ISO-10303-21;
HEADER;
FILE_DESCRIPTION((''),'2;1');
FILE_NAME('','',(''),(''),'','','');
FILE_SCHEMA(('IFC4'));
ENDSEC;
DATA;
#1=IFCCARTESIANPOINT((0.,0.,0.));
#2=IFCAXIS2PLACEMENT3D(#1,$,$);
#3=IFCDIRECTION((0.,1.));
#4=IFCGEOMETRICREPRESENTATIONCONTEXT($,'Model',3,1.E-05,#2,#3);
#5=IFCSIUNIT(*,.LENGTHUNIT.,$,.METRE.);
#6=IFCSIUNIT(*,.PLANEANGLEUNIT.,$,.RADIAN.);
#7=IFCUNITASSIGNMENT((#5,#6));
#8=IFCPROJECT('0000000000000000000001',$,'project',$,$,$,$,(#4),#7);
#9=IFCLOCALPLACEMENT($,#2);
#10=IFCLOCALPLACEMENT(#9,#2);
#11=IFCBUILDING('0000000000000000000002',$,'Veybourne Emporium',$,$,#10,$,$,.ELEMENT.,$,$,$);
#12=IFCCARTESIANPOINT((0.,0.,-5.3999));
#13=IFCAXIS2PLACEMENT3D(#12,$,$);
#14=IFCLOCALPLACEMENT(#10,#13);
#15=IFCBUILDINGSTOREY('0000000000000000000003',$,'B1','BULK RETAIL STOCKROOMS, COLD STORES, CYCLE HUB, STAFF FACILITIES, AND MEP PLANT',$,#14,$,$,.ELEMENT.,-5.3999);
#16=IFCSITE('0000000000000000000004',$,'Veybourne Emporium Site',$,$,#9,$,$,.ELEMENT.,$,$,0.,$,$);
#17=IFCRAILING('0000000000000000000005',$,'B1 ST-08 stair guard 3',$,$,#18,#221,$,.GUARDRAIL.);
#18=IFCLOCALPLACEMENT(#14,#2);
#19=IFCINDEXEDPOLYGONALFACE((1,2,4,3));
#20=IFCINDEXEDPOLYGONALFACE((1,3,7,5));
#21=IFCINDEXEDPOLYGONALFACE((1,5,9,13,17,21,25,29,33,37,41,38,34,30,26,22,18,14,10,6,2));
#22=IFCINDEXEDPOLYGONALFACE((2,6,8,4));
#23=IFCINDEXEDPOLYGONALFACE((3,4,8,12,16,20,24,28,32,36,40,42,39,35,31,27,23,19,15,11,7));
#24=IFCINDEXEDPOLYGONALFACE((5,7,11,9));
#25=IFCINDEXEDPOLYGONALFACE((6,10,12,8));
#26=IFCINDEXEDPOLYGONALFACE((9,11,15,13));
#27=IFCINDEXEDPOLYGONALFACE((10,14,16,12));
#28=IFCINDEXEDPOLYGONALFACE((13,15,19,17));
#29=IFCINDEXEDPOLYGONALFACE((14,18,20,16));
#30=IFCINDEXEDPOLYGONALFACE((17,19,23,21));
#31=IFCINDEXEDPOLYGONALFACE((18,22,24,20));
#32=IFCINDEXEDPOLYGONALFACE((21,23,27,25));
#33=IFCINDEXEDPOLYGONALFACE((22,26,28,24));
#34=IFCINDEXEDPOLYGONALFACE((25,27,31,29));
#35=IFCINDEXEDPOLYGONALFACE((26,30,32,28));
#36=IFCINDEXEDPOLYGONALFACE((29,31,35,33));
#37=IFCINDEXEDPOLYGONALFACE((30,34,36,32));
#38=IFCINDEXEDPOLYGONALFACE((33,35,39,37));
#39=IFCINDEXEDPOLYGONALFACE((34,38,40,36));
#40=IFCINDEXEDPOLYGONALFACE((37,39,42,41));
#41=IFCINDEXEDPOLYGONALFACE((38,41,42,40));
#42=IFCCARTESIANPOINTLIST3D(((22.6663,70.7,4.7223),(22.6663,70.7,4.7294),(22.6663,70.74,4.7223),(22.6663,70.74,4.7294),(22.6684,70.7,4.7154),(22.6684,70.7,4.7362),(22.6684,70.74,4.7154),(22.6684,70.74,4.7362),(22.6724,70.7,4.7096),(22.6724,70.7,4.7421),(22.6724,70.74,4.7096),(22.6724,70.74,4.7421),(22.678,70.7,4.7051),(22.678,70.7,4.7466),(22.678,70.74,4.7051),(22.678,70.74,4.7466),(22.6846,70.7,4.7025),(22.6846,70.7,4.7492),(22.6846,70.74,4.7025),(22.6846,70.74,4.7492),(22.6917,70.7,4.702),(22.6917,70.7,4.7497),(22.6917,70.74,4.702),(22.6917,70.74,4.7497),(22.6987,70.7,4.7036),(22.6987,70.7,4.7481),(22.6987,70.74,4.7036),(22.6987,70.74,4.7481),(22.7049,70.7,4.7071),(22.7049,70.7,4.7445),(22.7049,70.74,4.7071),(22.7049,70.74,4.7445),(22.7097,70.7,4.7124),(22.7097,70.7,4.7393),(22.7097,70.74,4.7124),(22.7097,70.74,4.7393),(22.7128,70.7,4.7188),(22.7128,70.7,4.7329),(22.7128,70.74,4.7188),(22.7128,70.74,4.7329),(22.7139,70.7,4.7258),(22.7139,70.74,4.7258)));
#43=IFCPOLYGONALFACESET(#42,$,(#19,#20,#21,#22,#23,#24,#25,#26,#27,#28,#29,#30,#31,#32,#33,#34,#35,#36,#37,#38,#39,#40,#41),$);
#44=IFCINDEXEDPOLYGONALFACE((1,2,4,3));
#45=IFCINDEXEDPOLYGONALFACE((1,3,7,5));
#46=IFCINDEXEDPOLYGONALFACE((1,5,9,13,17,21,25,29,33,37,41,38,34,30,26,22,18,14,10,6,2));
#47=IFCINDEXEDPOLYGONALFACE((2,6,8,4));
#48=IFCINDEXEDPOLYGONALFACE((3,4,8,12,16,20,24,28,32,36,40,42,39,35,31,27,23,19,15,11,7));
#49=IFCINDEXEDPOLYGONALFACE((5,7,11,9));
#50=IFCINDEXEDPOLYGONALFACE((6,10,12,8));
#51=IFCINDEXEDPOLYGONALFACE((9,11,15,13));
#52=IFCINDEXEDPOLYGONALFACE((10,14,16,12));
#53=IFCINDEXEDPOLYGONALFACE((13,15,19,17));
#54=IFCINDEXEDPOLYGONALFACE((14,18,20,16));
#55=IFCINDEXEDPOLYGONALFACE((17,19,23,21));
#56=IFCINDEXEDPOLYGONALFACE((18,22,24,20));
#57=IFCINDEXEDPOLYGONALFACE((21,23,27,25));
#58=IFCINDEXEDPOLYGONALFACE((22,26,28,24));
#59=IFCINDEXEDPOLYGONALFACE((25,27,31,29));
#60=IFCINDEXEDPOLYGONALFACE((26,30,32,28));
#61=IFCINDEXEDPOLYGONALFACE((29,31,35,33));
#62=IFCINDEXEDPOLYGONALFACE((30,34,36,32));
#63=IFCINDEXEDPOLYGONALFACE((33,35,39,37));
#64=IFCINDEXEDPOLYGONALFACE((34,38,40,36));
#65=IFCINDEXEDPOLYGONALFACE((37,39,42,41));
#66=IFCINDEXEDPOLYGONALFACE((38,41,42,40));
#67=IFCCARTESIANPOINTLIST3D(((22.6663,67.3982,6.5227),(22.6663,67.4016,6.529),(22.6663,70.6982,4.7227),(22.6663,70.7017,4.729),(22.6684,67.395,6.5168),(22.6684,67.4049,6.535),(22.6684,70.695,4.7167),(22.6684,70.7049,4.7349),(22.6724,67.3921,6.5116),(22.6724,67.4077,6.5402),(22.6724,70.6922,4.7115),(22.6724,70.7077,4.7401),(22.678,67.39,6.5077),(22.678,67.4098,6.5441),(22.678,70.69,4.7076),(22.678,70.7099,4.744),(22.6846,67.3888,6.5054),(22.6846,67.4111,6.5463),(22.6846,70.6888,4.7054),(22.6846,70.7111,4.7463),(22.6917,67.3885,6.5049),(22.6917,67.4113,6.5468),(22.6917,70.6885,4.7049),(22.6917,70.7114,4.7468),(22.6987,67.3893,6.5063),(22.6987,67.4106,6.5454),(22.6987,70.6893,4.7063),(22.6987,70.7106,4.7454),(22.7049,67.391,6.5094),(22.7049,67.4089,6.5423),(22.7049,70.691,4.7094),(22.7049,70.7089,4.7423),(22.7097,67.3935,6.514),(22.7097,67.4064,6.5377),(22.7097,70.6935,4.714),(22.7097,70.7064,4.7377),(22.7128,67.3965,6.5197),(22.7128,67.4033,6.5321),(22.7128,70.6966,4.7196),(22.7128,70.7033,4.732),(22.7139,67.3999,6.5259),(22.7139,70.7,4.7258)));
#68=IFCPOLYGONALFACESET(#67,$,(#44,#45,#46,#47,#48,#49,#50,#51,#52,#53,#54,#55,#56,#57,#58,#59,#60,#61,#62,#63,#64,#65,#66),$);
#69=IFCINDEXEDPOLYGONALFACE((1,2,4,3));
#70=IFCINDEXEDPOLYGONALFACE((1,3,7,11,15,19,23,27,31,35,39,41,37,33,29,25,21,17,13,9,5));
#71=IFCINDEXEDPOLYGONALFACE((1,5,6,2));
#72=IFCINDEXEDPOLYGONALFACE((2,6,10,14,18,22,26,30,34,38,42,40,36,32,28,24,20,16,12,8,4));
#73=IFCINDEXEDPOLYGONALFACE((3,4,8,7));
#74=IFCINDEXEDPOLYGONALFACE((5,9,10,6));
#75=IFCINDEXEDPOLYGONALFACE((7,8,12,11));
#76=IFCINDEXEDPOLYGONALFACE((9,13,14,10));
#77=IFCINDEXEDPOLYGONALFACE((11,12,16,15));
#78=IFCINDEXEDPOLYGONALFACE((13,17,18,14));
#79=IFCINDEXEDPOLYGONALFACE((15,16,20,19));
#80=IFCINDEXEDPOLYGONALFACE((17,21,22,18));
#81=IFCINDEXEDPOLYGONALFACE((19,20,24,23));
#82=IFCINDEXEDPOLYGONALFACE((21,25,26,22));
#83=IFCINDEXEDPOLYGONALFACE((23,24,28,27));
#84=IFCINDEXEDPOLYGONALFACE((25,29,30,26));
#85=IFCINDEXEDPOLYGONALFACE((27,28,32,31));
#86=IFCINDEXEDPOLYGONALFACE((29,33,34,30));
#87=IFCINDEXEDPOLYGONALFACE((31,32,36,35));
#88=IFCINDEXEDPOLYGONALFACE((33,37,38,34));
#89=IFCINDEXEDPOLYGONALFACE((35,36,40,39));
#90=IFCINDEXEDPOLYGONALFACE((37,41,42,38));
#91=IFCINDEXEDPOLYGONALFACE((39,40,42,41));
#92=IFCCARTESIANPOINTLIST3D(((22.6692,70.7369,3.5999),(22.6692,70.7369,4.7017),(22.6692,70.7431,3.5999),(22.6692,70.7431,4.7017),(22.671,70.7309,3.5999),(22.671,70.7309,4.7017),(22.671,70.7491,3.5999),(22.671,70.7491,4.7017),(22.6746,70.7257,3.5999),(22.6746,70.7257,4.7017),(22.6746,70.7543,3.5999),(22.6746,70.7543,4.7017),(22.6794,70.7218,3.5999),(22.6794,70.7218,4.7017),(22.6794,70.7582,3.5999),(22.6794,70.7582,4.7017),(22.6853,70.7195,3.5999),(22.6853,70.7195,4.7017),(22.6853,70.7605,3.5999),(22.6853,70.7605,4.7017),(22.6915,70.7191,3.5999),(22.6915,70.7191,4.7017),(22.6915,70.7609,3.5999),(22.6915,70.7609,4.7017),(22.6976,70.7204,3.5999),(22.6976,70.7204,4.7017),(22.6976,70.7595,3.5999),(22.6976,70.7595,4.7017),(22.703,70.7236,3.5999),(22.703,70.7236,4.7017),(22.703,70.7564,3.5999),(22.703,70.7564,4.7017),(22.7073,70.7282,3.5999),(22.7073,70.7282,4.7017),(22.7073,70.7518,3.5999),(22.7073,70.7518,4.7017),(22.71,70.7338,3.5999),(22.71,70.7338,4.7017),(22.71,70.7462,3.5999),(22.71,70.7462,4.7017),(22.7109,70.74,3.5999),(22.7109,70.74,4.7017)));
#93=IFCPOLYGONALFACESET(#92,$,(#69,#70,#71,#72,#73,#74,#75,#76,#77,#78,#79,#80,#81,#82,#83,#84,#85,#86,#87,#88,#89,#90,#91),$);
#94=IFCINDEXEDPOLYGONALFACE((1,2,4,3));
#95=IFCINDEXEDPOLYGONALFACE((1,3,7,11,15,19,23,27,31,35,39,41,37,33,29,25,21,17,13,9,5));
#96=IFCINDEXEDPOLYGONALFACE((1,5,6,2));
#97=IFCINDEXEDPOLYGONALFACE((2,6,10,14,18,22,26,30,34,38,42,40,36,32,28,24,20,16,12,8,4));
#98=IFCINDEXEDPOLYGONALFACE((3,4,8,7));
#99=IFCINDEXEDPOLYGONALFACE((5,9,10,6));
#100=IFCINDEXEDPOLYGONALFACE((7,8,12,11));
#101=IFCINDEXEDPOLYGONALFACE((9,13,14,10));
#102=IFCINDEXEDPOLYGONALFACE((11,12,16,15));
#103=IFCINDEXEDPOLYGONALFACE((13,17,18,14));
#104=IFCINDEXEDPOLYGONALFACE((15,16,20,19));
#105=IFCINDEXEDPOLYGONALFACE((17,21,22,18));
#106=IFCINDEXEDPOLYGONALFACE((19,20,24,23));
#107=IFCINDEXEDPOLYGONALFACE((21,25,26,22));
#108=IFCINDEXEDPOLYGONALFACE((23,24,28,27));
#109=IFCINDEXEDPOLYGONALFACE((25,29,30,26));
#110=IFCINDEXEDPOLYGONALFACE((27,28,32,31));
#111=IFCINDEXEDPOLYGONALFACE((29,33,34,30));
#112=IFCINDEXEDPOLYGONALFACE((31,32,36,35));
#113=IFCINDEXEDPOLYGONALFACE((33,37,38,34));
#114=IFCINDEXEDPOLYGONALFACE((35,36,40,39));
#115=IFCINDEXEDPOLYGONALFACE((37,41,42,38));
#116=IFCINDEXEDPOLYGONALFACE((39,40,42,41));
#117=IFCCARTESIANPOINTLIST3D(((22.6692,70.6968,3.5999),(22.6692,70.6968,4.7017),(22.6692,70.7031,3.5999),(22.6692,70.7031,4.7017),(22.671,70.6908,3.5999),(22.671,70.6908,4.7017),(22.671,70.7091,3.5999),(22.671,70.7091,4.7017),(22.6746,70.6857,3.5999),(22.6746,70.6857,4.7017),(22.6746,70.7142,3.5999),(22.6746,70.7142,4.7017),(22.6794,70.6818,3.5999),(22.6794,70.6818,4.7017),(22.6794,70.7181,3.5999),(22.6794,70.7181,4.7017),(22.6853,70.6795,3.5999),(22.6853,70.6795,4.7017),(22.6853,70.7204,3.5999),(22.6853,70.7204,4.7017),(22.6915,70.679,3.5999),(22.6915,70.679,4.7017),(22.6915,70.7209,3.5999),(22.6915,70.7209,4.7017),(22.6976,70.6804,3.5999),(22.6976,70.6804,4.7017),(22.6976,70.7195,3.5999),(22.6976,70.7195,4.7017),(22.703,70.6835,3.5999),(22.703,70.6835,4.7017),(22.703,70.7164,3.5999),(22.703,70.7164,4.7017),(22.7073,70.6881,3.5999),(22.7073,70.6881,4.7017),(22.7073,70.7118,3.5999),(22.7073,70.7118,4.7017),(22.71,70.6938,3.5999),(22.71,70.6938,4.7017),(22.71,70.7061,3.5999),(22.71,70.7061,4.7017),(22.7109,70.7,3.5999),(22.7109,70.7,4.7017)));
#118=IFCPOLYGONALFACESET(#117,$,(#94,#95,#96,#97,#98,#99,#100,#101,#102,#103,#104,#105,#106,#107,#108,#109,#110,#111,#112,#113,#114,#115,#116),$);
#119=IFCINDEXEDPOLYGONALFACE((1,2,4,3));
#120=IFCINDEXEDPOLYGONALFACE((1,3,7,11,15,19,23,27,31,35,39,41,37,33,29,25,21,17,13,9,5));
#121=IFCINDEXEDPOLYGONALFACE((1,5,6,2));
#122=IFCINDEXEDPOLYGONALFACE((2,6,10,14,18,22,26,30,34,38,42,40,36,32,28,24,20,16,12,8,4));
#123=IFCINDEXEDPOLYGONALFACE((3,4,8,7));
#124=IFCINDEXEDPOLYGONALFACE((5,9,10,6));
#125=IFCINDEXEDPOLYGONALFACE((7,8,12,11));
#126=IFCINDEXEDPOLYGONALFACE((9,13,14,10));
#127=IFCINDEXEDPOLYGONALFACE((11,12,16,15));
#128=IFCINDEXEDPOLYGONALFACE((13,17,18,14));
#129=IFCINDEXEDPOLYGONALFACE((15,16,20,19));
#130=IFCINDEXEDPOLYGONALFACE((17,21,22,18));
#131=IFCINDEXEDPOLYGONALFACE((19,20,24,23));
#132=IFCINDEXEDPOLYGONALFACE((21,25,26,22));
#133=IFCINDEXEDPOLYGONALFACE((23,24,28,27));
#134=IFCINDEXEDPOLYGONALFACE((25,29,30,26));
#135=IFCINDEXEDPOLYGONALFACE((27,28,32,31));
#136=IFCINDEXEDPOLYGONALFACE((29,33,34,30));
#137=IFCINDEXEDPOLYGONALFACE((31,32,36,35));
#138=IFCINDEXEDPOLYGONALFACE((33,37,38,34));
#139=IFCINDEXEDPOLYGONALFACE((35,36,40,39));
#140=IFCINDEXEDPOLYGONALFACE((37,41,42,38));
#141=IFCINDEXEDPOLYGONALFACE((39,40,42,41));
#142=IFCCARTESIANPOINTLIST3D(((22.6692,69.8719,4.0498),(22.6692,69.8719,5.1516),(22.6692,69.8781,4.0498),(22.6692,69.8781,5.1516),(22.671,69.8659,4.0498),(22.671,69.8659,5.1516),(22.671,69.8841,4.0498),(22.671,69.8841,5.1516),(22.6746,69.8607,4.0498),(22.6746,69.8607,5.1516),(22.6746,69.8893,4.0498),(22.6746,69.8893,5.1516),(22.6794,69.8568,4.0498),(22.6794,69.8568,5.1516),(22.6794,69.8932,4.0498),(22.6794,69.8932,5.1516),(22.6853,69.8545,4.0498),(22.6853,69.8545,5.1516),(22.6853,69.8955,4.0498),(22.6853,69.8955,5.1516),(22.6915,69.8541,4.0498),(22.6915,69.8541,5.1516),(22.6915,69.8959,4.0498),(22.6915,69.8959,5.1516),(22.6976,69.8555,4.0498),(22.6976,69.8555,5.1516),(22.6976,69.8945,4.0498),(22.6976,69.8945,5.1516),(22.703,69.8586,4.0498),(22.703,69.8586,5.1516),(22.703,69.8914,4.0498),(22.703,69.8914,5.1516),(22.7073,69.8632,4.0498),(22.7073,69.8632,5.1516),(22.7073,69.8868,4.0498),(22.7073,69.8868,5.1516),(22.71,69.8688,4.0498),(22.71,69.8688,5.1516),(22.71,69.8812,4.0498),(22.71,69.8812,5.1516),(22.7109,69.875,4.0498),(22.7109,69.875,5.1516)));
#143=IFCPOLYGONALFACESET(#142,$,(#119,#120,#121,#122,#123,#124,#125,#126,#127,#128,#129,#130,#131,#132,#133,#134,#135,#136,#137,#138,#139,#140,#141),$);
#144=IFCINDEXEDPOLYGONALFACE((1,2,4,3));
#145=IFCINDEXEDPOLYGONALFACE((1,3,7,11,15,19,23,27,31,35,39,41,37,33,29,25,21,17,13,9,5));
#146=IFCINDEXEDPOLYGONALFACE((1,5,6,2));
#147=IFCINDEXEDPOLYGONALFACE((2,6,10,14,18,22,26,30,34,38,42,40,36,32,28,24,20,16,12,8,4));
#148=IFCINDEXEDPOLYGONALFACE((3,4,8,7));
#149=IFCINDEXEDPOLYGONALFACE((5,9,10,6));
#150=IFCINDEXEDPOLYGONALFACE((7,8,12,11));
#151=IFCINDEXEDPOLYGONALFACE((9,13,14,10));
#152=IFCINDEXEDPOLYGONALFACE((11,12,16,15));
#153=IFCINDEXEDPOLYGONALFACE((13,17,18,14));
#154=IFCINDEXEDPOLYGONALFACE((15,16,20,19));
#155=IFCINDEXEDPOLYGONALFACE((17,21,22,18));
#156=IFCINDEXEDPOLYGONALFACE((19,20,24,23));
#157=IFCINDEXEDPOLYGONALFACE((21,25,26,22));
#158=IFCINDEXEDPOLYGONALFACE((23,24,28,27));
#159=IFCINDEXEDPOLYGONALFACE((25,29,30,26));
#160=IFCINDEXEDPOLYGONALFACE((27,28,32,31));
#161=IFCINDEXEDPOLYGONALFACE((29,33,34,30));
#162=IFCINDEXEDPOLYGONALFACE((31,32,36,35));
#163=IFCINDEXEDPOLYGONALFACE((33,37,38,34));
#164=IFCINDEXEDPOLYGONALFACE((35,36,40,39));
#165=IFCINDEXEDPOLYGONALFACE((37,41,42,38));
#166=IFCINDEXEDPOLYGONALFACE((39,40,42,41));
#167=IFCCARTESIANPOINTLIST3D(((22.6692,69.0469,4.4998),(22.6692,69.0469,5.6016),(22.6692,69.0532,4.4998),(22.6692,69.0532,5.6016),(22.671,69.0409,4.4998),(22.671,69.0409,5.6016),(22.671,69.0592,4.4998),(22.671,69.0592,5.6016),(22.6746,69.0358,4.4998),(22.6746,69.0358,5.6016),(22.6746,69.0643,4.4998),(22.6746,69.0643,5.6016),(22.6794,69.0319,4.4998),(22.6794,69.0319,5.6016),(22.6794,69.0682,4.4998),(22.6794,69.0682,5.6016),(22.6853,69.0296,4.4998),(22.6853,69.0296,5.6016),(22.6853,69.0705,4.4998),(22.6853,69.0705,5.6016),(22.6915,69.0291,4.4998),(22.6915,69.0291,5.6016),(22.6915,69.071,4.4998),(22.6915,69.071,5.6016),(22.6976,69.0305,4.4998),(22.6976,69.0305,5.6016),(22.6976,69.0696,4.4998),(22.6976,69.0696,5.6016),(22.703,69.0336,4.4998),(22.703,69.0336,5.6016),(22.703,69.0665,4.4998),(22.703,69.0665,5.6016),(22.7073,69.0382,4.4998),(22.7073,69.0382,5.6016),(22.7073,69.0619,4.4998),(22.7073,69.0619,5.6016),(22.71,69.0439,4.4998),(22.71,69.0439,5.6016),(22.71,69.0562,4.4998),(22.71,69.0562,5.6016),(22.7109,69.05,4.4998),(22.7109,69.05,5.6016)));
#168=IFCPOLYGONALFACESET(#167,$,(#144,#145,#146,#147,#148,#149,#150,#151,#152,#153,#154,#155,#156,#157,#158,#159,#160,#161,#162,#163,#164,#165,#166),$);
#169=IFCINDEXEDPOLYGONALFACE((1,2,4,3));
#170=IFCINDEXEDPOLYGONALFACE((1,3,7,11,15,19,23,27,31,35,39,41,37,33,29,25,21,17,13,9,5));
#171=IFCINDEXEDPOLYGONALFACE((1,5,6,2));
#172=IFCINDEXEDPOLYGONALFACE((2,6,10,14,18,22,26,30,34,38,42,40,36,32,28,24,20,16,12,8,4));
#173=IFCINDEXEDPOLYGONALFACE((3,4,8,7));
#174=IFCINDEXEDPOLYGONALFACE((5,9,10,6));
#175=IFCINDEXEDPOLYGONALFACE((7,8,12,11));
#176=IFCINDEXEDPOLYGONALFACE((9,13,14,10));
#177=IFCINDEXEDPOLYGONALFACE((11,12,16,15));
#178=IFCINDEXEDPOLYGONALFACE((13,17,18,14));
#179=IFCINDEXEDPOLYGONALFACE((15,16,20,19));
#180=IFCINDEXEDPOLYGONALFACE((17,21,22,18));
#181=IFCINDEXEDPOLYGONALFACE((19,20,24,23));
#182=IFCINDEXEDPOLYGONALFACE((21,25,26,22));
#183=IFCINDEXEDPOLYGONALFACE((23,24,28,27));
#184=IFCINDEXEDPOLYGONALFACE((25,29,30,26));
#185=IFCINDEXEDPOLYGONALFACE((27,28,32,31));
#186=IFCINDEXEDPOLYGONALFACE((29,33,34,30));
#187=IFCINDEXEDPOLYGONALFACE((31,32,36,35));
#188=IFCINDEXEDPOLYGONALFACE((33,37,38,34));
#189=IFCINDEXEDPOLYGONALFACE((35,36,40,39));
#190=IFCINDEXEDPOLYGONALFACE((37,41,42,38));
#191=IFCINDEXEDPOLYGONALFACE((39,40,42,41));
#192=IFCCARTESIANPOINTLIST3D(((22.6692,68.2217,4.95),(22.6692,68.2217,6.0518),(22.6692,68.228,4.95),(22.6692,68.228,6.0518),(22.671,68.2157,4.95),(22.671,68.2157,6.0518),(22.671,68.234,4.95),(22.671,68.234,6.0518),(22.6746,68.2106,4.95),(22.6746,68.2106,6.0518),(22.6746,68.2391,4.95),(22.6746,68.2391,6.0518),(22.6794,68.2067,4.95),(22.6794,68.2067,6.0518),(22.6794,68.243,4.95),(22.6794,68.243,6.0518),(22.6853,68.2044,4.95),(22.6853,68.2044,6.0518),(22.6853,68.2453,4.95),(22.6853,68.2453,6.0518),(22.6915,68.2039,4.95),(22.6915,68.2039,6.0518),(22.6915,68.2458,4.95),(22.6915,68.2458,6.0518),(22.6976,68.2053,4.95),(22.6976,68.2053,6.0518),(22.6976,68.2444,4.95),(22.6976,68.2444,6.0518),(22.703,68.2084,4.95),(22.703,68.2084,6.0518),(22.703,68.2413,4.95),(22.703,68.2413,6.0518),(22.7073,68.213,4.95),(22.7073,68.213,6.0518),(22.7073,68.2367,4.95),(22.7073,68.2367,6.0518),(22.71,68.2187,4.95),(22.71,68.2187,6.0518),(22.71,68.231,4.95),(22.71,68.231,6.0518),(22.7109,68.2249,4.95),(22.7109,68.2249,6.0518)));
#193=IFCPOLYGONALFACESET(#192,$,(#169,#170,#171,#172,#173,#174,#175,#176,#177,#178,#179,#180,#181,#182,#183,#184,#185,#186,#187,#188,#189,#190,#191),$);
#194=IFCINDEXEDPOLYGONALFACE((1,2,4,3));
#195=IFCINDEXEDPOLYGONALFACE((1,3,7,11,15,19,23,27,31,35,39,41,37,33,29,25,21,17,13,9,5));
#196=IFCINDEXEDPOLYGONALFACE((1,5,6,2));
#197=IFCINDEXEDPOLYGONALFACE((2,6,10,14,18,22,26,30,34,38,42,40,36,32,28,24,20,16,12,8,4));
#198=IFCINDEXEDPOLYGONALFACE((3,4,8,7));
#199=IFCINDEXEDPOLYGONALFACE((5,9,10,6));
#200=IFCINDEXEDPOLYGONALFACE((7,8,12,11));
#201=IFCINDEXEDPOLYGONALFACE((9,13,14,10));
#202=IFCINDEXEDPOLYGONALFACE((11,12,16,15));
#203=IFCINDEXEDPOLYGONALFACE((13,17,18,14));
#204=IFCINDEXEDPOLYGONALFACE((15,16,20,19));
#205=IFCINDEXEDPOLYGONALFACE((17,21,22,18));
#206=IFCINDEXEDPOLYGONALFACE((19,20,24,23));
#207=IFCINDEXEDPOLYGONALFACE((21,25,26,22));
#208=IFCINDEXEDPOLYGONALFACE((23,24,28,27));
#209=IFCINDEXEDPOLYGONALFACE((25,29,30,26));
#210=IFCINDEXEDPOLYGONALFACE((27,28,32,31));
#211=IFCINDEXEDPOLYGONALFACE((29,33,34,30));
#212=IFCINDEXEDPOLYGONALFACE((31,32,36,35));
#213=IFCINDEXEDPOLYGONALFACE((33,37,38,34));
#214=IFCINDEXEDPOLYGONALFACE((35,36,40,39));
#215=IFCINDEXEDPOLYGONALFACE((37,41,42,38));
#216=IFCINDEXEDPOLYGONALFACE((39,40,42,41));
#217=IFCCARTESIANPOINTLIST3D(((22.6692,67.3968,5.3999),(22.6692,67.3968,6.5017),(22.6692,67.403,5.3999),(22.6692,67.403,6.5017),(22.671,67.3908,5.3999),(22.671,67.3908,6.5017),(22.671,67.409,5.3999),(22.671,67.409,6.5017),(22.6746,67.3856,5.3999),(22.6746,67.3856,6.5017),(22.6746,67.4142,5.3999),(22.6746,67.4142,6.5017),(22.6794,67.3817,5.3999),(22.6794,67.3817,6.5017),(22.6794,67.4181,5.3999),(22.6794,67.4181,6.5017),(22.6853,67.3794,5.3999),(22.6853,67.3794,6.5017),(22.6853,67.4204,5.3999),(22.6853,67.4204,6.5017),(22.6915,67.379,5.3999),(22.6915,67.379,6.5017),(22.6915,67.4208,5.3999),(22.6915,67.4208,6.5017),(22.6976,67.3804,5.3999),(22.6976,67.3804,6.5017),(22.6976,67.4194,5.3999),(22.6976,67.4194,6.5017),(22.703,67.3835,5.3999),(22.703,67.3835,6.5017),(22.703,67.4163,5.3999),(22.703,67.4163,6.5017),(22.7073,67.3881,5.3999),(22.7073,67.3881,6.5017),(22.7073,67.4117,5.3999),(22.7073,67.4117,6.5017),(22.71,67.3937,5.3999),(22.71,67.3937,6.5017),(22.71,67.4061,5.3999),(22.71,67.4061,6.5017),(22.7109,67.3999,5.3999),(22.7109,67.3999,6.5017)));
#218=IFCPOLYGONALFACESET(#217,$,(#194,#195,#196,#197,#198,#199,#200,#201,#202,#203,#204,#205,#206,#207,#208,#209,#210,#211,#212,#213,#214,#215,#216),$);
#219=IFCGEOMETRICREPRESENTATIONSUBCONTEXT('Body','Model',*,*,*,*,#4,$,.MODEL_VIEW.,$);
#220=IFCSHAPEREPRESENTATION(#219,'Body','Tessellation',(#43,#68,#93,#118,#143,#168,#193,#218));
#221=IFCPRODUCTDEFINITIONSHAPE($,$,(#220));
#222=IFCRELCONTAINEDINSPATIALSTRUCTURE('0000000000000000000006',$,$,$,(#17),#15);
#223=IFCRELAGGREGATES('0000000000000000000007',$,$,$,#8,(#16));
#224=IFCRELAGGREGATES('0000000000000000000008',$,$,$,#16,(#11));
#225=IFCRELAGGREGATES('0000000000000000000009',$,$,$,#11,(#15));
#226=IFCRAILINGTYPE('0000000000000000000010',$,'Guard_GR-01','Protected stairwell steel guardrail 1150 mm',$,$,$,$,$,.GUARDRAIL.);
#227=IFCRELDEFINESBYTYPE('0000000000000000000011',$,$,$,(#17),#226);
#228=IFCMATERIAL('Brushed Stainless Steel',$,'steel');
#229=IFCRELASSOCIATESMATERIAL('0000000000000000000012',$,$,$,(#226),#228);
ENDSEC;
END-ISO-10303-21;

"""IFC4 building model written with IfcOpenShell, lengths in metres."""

from ifc_helpers import new_model, si_unit, direction, frame, origin, origin_2d, place, context, subcontext, project, spatial, circle, extrude, material, type_object, element, save


model = new_model("IFC4")

# Units and contexts
model_context = context("Model", 3, precision=1e-05, world=origin(), true_north=direction((0.0, 1.0)))
body_context = subcontext(model_context, "Body", "Model", "MODEL_VIEW")
ifc_project = project(units=[si_unit("LENGTHUNIT", "METRE"), si_unit("PLANEANGLEUNIT", "RADIAN")], contexts=[model_context])

# Site, building, storey
site_placement = place(None, origin())
site = spatial("IfcSite", under=ifc_project, at=site_placement, Name="Veybourne Emporium Site", CompositionType="ELEMENT", RefElevation=0.0)
building_placement = place(site_placement, origin())
building = spatial("IfcBuilding", under=site, at=building_placement, Name="Veybourne Emporium", CompositionType="ELEMENT")
storey_placement = place(building_placement, frame((0.0, 0.0, -5.3999)))
storey = spatial("IfcBuildingStorey", under=building, at=storey_placement, Name="B1", Description="BULK RETAIL STOCKROOMS, COLD STORES, CYCLE HUB, STAFF FACILITIES, AND MEP PLANT", CompositionType="ELEMENT", Elevation=-5.3999)

# Railing
ifc_material_1 = material(Name="Brushed Stainless Steel", Category="steel")
railing_type_1 = type_object("IfcRailingType", Name="Guard_GR-01", Description="Protected stairwell steel guardrail 1150 mm", PredefinedType="GUARDRAIL", material=ifc_material_1)
railing_1_placement = place(storey_placement, frame((22.6899, 70.74, 3.5999)))
element("IfcRailing", 1, at=railing_1_placement, inside=storey, type_object=railing_type_1, Name="B1 ST-08 stair guard 3", PredefinedType="GUARDRAIL", context=body_context, shape_type="SweptSolid", body=[
    extrude(circle(Radius=0.0239, at=origin_2d()), frame((0.0, 0.0, 1.126), z_axis=(0.0, -1.0, 0.0), x_axis=(1.0, 0.0, 0.0)), (0.0, 0.0, 1.0), 0.04),
    extrude(circle(Radius=0.0239, at=origin_2d()), frame((0.0, -0.04, 1.126), z_axis=(0.0, -0.877893, 0.478857), x_axis=(1.0, 0.0, 0.0)), (0.0, 0.0, 1.0), 3.759),
    extrude(circle(Radius=0.021, at=origin_2d()), origin(), (0.0, 0.0, 1.0), 1.1018),
    extrude(circle(Radius=0.021, at=origin_2d()), frame((0.0, -0.04, 0.0)), (0.0, 0.0, 1.0), 1.1018),
    extrude(circle(Radius=0.021, at=origin_2d()), frame((0.0, -0.865, 0.45)), (0.0, 0.0, 1.0), 1.1018),
    extrude(circle(Radius=0.021, at=origin_2d()), frame((0.0, -1.6899, 0.8999)), (0.0, 0.0, 1.0), 1.1018),
    extrude(circle(Radius=0.021, at=origin_2d()), frame((0.0, -2.5151, 1.3501)), (0.0, 0.0, 1.0), 1.1018),
    extrude(circle(Radius=0.021, at=origin_2d()), frame((0.0, -3.3401, 1.8)), (0.0, 0.0, 1.0), 1.1018),
])

save(model, "model.ifc")
